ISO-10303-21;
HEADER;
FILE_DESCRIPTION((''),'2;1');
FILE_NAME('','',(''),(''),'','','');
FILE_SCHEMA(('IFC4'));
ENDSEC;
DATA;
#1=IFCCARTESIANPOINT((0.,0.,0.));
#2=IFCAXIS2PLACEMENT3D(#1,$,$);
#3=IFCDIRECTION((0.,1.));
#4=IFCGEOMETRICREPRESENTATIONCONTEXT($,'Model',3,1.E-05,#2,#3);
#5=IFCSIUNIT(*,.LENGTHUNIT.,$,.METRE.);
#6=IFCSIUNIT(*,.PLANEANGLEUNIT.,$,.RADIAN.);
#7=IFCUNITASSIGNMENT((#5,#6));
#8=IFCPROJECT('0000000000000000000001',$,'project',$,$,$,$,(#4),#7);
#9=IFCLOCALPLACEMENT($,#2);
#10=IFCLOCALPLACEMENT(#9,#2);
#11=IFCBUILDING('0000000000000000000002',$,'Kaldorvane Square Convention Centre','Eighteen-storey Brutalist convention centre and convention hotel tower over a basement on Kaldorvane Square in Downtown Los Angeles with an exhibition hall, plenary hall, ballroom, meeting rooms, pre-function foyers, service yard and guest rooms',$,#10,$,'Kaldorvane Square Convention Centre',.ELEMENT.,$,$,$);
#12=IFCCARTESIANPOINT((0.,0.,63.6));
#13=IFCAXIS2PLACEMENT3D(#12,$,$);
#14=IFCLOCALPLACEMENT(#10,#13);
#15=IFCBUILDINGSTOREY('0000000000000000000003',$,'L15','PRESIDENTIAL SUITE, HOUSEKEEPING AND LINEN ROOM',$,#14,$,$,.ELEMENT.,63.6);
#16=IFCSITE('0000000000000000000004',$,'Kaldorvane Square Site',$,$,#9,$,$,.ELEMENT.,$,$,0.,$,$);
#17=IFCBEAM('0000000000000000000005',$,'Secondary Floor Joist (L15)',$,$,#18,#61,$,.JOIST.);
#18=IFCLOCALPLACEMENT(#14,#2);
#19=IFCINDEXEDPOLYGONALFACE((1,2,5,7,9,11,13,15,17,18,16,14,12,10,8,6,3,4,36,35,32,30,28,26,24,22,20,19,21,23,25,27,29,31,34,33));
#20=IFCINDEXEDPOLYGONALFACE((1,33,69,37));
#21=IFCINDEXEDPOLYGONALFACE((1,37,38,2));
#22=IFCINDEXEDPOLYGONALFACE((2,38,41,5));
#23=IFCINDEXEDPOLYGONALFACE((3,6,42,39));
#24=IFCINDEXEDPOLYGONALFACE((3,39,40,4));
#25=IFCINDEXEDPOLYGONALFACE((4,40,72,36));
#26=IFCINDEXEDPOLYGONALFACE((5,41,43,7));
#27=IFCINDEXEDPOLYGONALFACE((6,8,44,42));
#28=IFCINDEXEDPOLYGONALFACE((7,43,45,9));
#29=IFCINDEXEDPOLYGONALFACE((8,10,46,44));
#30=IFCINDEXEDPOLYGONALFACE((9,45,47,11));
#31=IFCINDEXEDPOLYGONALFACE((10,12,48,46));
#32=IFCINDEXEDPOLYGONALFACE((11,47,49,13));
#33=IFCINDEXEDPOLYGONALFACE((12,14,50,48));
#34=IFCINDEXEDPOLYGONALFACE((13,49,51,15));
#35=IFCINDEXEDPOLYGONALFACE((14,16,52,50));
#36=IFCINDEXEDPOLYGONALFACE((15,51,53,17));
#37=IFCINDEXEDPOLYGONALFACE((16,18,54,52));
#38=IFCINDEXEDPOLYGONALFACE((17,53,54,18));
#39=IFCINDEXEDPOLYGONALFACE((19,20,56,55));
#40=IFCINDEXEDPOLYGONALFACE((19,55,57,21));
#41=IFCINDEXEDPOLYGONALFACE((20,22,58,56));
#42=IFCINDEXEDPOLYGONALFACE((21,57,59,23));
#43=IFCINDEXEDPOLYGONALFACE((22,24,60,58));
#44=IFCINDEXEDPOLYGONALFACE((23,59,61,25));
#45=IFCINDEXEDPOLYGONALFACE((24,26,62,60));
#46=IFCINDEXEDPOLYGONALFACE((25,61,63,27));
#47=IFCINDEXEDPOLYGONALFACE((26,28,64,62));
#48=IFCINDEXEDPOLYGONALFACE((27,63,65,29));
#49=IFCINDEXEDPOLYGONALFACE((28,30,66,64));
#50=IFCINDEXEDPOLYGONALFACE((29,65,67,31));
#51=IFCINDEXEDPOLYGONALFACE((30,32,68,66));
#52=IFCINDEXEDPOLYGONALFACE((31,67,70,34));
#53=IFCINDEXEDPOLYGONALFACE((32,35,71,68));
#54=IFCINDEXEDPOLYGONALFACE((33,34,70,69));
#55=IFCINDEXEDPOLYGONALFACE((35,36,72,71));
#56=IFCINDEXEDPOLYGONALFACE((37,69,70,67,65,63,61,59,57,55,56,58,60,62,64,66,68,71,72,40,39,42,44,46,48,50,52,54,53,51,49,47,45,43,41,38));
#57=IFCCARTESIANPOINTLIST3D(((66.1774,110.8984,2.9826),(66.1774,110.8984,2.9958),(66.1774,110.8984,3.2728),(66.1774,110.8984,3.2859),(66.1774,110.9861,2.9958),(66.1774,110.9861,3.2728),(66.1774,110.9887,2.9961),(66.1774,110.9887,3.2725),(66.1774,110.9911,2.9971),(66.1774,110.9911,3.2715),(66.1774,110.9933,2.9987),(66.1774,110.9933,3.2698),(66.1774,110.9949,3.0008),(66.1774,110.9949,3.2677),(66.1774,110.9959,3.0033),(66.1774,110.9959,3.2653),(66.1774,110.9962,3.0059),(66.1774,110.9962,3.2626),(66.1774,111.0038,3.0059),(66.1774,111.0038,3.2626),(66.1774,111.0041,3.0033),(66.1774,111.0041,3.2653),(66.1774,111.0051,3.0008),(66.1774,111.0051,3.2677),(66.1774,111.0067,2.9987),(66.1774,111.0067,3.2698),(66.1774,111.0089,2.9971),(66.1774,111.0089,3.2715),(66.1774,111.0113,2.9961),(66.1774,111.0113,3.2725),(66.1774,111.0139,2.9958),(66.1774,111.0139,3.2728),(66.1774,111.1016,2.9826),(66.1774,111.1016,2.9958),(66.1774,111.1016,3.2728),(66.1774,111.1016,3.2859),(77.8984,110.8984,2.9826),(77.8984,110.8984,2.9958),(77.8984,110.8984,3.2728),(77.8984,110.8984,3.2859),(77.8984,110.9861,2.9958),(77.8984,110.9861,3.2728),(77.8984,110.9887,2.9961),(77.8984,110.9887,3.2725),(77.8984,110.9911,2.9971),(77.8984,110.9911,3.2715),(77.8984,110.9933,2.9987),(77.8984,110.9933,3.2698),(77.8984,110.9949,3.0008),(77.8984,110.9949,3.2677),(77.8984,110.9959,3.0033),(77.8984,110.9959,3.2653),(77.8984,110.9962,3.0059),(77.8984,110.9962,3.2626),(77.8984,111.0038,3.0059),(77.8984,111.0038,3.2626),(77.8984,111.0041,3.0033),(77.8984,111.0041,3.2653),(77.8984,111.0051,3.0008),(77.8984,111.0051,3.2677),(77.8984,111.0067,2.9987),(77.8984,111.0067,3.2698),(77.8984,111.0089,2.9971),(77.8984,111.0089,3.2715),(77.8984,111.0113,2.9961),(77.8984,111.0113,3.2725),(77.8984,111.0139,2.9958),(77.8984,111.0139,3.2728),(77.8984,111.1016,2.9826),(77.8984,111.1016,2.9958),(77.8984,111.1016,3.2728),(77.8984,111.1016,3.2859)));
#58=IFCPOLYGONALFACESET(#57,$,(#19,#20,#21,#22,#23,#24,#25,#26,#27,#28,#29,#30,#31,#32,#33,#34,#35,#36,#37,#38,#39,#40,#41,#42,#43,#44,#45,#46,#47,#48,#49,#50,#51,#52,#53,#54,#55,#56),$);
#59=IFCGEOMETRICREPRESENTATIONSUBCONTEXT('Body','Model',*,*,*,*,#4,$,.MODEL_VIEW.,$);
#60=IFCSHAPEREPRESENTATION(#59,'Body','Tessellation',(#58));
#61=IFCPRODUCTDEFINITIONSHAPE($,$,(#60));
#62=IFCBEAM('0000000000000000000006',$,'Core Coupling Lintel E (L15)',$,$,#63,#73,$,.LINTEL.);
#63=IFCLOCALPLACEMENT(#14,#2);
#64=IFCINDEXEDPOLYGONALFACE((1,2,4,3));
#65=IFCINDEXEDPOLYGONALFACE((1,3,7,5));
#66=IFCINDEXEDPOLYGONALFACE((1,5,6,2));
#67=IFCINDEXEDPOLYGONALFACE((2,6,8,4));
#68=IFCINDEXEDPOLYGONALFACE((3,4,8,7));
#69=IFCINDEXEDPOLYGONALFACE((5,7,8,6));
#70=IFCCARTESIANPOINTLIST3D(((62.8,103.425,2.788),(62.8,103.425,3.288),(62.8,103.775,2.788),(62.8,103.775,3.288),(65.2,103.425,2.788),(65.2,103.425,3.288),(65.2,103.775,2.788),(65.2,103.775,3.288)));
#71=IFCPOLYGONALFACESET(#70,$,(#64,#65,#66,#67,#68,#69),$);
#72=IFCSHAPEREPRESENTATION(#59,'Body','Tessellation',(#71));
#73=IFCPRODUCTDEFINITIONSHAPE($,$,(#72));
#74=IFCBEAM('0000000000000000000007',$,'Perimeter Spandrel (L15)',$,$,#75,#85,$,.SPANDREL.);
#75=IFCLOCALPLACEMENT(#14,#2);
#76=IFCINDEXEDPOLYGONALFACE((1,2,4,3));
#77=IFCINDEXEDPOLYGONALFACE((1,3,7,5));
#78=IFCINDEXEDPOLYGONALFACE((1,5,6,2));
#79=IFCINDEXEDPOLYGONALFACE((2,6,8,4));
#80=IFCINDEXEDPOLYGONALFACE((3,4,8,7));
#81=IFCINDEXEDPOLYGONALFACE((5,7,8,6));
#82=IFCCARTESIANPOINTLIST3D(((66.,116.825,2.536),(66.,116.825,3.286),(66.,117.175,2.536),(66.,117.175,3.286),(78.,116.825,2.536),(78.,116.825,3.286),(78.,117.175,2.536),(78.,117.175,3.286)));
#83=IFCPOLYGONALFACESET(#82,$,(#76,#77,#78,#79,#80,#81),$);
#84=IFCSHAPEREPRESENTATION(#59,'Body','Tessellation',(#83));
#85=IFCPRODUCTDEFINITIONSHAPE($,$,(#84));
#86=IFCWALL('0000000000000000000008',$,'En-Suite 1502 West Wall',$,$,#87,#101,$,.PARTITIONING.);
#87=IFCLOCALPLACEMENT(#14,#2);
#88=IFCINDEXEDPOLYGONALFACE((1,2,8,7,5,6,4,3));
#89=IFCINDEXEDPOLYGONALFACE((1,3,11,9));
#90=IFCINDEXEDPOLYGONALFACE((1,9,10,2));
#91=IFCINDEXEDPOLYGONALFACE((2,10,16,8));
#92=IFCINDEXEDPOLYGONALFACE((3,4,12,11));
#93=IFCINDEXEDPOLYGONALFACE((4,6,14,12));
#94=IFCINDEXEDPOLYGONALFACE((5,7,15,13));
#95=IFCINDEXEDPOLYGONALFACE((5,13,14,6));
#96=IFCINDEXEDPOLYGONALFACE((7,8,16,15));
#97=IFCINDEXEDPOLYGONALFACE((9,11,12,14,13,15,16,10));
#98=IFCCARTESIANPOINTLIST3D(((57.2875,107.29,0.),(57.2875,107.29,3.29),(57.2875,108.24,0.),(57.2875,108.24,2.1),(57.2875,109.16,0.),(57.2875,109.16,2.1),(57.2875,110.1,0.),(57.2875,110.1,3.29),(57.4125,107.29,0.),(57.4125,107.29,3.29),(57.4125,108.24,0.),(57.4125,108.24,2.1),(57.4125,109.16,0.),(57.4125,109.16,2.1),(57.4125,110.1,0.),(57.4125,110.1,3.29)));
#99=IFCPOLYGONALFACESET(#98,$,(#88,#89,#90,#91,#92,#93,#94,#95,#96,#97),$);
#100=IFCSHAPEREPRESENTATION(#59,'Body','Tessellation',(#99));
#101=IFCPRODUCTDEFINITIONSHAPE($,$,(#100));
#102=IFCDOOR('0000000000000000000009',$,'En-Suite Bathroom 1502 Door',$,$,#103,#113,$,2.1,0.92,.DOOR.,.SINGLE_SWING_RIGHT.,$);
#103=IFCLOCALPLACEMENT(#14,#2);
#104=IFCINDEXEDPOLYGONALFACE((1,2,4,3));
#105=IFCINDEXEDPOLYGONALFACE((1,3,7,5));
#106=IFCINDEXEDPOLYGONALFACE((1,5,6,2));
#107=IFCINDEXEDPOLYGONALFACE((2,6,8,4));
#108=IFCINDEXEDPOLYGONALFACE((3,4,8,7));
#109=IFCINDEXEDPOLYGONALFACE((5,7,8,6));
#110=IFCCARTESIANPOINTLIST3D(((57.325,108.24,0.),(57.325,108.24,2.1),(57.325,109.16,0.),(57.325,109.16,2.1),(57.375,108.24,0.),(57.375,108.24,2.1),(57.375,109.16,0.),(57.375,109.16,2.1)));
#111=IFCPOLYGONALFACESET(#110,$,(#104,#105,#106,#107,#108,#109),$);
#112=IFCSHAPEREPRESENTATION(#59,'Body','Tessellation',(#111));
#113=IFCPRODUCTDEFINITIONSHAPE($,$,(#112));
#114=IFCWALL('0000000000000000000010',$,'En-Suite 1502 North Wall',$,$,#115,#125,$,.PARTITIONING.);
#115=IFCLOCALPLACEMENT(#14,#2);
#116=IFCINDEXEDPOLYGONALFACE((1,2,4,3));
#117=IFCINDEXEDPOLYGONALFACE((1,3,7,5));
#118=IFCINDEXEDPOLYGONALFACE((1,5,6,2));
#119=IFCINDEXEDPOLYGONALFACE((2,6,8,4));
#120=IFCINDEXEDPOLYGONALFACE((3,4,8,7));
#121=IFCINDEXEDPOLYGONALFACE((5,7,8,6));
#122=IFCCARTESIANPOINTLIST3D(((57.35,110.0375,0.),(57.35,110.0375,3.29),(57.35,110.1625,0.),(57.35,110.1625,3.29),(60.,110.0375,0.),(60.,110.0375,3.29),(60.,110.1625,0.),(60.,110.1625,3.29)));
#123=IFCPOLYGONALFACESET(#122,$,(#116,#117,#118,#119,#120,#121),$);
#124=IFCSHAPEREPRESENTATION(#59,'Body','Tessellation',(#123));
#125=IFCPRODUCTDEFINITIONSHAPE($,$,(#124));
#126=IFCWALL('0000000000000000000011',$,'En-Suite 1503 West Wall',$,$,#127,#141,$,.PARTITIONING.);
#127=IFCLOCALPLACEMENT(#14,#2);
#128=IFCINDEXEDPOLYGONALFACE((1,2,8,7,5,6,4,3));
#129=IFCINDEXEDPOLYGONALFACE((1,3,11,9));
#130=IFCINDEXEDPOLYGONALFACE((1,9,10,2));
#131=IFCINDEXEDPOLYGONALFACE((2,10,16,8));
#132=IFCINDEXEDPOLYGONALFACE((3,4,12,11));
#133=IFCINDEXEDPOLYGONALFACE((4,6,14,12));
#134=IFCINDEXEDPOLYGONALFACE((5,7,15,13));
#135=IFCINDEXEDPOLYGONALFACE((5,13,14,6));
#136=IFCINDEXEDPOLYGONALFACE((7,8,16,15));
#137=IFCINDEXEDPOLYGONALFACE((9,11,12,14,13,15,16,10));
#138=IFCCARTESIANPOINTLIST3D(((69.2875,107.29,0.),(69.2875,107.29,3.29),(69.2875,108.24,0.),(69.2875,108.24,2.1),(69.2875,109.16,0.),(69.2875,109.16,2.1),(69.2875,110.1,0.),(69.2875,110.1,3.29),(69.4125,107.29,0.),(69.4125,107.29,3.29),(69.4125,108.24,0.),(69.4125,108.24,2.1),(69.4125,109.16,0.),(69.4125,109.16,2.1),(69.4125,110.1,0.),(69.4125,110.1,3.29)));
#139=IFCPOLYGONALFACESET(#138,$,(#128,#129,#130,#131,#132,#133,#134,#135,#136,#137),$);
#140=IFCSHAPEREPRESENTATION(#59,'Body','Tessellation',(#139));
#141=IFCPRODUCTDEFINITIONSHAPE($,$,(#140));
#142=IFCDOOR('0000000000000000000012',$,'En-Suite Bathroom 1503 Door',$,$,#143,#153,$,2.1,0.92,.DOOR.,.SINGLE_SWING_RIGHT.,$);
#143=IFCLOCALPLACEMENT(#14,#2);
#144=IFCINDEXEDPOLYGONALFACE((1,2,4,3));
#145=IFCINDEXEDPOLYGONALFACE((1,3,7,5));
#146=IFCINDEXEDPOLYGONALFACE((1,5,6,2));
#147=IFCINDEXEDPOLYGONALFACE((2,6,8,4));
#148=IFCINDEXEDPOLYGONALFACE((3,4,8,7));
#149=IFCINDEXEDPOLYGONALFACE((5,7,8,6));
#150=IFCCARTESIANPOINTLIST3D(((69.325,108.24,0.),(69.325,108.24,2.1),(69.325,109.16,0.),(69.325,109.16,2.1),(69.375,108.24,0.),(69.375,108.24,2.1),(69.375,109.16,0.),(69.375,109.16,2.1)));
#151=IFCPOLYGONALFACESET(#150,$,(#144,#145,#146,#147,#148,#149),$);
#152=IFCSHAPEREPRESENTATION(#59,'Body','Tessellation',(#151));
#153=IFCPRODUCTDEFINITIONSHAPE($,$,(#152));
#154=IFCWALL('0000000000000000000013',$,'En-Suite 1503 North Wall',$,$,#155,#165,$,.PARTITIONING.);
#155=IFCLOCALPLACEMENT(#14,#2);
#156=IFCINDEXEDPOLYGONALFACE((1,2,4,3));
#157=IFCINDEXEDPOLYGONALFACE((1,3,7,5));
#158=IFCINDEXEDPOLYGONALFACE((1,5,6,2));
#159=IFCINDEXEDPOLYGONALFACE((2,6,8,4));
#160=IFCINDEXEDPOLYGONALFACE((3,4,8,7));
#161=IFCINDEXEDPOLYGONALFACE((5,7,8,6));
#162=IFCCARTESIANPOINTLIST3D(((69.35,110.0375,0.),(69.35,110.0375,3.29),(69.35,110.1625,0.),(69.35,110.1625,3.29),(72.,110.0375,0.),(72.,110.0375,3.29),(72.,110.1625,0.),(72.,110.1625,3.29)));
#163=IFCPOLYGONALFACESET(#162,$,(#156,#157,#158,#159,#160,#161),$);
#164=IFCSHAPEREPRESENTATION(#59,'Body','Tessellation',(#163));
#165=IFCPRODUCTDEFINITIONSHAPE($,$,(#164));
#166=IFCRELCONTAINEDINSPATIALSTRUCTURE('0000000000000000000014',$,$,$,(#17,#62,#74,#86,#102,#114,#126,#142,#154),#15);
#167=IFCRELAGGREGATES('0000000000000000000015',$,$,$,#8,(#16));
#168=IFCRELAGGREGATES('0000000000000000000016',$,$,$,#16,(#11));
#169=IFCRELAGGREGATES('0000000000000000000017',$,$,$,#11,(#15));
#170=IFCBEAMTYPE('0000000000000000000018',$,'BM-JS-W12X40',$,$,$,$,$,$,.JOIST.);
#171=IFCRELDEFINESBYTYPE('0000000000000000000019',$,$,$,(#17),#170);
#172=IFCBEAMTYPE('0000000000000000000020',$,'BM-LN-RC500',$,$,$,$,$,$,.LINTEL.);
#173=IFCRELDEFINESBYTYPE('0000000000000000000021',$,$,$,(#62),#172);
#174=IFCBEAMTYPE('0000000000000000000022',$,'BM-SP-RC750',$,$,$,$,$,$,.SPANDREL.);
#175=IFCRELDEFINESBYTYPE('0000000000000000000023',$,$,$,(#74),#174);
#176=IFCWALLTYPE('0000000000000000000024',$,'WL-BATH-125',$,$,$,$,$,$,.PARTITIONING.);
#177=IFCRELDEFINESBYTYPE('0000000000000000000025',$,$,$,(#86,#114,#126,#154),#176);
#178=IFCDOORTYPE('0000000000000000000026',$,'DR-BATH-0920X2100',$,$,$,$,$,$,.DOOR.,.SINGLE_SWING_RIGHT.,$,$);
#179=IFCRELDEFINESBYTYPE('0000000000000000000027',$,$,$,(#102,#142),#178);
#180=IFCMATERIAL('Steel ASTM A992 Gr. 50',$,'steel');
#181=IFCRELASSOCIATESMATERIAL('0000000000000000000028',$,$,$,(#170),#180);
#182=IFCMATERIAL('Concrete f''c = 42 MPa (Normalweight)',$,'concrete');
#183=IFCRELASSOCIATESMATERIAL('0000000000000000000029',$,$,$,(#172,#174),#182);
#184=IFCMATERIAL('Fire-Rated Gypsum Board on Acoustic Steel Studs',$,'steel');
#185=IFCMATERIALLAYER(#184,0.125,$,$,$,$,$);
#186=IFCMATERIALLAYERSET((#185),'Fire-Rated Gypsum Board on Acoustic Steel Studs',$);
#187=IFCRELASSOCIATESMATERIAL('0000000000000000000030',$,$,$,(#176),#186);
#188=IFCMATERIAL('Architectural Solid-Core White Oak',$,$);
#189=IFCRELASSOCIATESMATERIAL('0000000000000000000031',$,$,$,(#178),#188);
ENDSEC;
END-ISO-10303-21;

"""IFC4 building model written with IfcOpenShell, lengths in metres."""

from ifc_helpers import new_model, si_unit, direction, frame, frame_2d, origin, origin_2d, place, context, subcontext, project, spatial, rectangle, i_section, extrude, material, layer, layer_set, material_profile, profile_set, type_object, element, fill, save


model = new_model("IFC4")

# Units and contexts
model_context = context("Model", 3, precision=1e-05, world=origin(), true_north=direction((0.0, 1.0)))
body_context = subcontext(model_context, "Body", "Model", "MODEL_VIEW")
ifc_project = project(units=[si_unit("LENGTHUNIT", "METRE"), si_unit("PLANEANGLEUNIT", "RADIAN")], contexts=[model_context])

# Site, building, storey
site_placement = place(None, origin())
site = spatial("IfcSite", under=ifc_project, at=site_placement, Name="Kaldorvane Square Site", CompositionType="ELEMENT", RefElevation=0.0)
building_placement = place(site_placement, origin())
building = spatial("IfcBuilding", under=site, at=building_placement, Name="Kaldorvane Square Convention Centre", Description="Eighteen-storey Brutalist convention centre and convention hotel tower over a basement on Kaldorvane Square in Downtown Los Angeles with an exhibition hall, plenary hall, ballroom, meeting rooms, pre-function foyers, service yard and guest rooms", LongName="Kaldorvane Square Convention Centre", CompositionType="ELEMENT")
storey_placement = place(building_placement, frame((0.0, 0.0, 63.6)))
storey = spatial("IfcBuildingStorey", under=building, at=storey_placement, Name="L15", Description="PRESIDENTIAL SUITE, HOUSEKEEPING AND LINEN ROOM", CompositionType="ELEMENT", Elevation=63.6)

# Shared definitions
ifc_material_1 = material(Name="Concrete f'c = 42 MPa (Normalweight)", Category="concrete")
ifc_material_2 = material(Name="Steel ASTM A992 Gr. 50", Category="steel")

# Beams
ifc_material_profile_1 = material_profile(ifc_material_2, i_section(OverallWidth=0.2033, OverallDepth=0.3033, WebThickness=0.0075, FlangeThickness=0.0131, FilletRadius=0.0102, at=origin_2d()), Name="W12X40")
ifc_profile_set_1 = profile_set([ifc_material_profile_1], Name="Steel ASTM A992 Gr. 50")
beam_type_1 = type_object("IfcBeamType", Name="BM-JS-W12X40", PredefinedType="JOIST", material=ifc_profile_set_1)
beam_1_placement = place(storey_placement, frame((66.1774, 111.0, 3.1343), z_axis=(1.0, 0.0, 0.0), x_axis=(0.0, 1.0, 0.0)))
element("IfcBeam", 1, at=beam_1_placement, inside=storey, type_object=beam_type_1, Name="Secondary Floor Joist (L15)", PredefinedType="JOIST", context=body_context, shape_type="SweptSolid", body=[
    extrude(i_section(OverallWidth=0.2033, OverallDepth=0.3033, WebThickness=0.0075, FlangeThickness=0.0131, FilletRadius=0.0102, at=origin_2d()), origin(), (0.0, 0.0, 1.0), 11.721),
])
ifc_material_profile_2 = material_profile(ifc_material_1, rectangle(XDim=0.35, YDim=0.5, at=origin_2d()), Name="RCLN500X350")
ifc_profile_set_2 = profile_set([ifc_material_profile_2], Name="Concrete f'c = 42 MPa (Normalweight)")
beam_type_2 = type_object("IfcBeamType", Name="BM-LN-RC500", PredefinedType="LINTEL", material=ifc_profile_set_2)
beam_2_placement = place(storey_placement, frame((62.8, 103.6, 3.038), z_axis=(1.0, 0.0, 0.0), x_axis=(0.0, 1.0, 0.0)))
element("IfcBeam", 2, at=beam_2_placement, inside=storey, type_object=beam_type_2, Name="Core Coupling Lintel E (L15)", PredefinedType="LINTEL", context=body_context, shape_type="SweptSolid", body=[
    extrude(rectangle(XDim=0.35, YDim=0.5, at=origin_2d()), origin(), (0.0, 0.0, 1.0), 2.4),
])
ifc_material_profile_3 = material_profile(ifc_material_1, rectangle(XDim=0.35, YDim=0.75, at=origin_2d()), Name="RCSP750X350")
ifc_profile_set_3 = profile_set([ifc_material_profile_3], Name="Concrete f'c = 42 MPa (Normalweight)")
beam_type_3 = type_object("IfcBeamType", Name="BM-SP-RC750", PredefinedType="SPANDREL", material=ifc_profile_set_3)
beam_3_placement = place(storey_placement, frame((66.0, 117.0, 2.911), z_axis=(1.0, 0.0, 0.0), x_axis=(0.0, 1.0, 0.0)))
element("IfcBeam", 3, at=beam_3_placement, inside=storey, type_object=beam_type_3, Name="Perimeter Spandrel (L15)", PredefinedType="SPANDREL", context=body_context, shape_type="SweptSolid", body=[
    extrude(rectangle(XDim=0.35, YDim=0.75, at=origin_2d()), origin(), (0.0, 0.0, 1.0), 12.0),
])

# Wall, opening, door
ifc_material_3 = material(Name="Fire-Rated Gypsum Board on Acoustic Steel Studs", Category="steel")
ifc_layer_1 = layer(ifc_material_3, 0.125)
ifc_layer_set_1 = layer_set([ifc_layer_1], Name="Fire-Rated Gypsum Board on Acoustic Steel Studs")
wall_type_1 = type_object("IfcWallType", Name="WL-BATH-125", PredefinedType="PARTITIONING", material=ifc_layer_set_1)
wall_1_placement = place(storey_placement, frame((57.35, 107.29, 0.0), z_axis=(0.0, 0.0, 1.0), x_axis=(0.0, 1.0, 0.0)))
wall_1 = element("IfcWall", 4, at=wall_1_placement, inside=storey, type_object=wall_type_1, Name="En-Suite 1502 West Wall", PredefinedType="PARTITIONING", context=body_context, shape_type="SweptSolid", body=[
    extrude(rectangle(XDim=2.81, YDim=0.125, at=frame_2d((1.405, 0.0))), origin(), (0.0, 0.0, 1.0), 3.29),
])
opening_1_placement = place(wall_1_placement, frame((0.95, 0.0, 0.0)))
opening_1 = element("IfcOpeningElement", 5, at=opening_1_placement, cuts=wall_1, PredefinedType="OPENING", context=body_context, shape_type="SweptSolid", body=[
    extrude(rectangle(XDim=0.92, YDim=2.1, at=frame_2d((0.46, 1.05))), frame((0.0, 0.0775, 0.0), z_axis=(0.0, -1.0, 0.0), x_axis=(1.0, 0.0, 0.0)), (0.0, 0.0, 1.0), 0.155),
])
ifc_material_4 = material(Name="Architectural Solid-Core White Oak")
door_type_1 = type_object("IfcDoorType", Name="DR-BATH-0920X2100", OperationType="SINGLE_SWING_RIGHT", PredefinedType="DOOR", material=ifc_material_4)
door_1_placement = place(opening_1_placement, origin())
door_1 = element("IfcDoor", 6, at=door_1_placement, inside=storey, type_object=door_type_1, Name="En-Suite Bathroom 1502 Door", OperationType="SINGLE_SWING_RIGHT", OverallHeight=2.1, OverallWidth=0.92, PredefinedType="DOOR", context=body_context, shape_type="SweptSolid", body=[
    extrude(rectangle(XDim=0.92, YDim=2.1, at=frame_2d((0.46, 1.05))), frame((0.0, 0.025, 0.0), z_axis=(0.0, -1.0, 0.0), x_axis=(1.0, 0.0, 0.0)), (0.0, 0.0, 1.0), 0.05),
])
fill(opening_1, door_1)

# Wall
wall_2_placement = place(storey_placement, frame((57.35, 110.1, 0.0), z_axis=(0.0, 0.0, 1.0), x_axis=(1.0, 0.0, 0.0)))
element("IfcWall", 7, at=wall_2_placement, inside=storey, type_object=wall_type_1, Name="En-Suite 1502 North Wall", PredefinedType="PARTITIONING", context=body_context, shape_type="SweptSolid", body=[
    extrude(rectangle(XDim=2.65, YDim=0.125, at=frame_2d((1.325, 0.0))), origin(), (0.0, 0.0, 1.0), 3.29),
])

# Wall, opening, door
wall_3_placement = place(storey_placement, frame((69.35, 107.29, 0.0), z_axis=(0.0, 0.0, 1.0), x_axis=(0.0, 1.0, 0.0)))
wall_3 = element("IfcWall", 8, at=wall_3_placement, inside=storey, type_object=wall_type_1, Name="En-Suite 1503 West Wall", PredefinedType="PARTITIONING", context=body_context, shape_type="SweptSolid", body=[
    extrude(rectangle(XDim=2.81, YDim=0.125, at=frame_2d((1.405, 0.0))), origin(), (0.0, 0.0, 1.0), 3.29),
])
opening_2_placement = place(wall_3_placement, frame((0.95, 0.0, 0.0)))
opening_2 = element("IfcOpeningElement", 9, at=opening_2_placement, cuts=wall_3, PredefinedType="OPENING", context=body_context, shape_type="SweptSolid", body=[
    extrude(rectangle(XDim=0.92, YDim=2.1, at=frame_2d((0.46, 1.05))), frame((0.0, 0.0775, 0.0), z_axis=(0.0, -1.0, 0.0), x_axis=(1.0, 0.0, 0.0)), (0.0, 0.0, 1.0), 0.155),
])
door_2_placement = place(opening_2_placement, origin())
door_2 = element("IfcDoor", 10, at=door_2_placement, inside=storey, type_object=door_type_1, Name="En-Suite Bathroom 1503 Door", OperationType="SINGLE_SWING_RIGHT", OverallHeight=2.1, OverallWidth=0.92, PredefinedType="DOOR", context=body_context, shape_type="SweptSolid", body=[
    extrude(rectangle(XDim=0.92, YDim=2.1, at=frame_2d((0.46, 1.05))), frame((0.0, 0.025, 0.0), z_axis=(0.0, -1.0, 0.0), x_axis=(1.0, 0.0, 0.0)), (0.0, 0.0, 1.0), 0.05),
])
fill(opening_2, door_2)

# Wall
wall_4_placement = place(storey_placement, frame((69.35, 110.1, 0.0), z_axis=(0.0, 0.0, 1.0), x_axis=(1.0, 0.0, 0.0)))
element("IfcWall", 11, at=wall_4_placement, inside=storey, type_object=wall_type_1, Name="En-Suite 1503 North Wall", PredefinedType="PARTITIONING", context=body_context, shape_type="SweptSolid", body=[
    extrude(rectangle(XDim=2.65, YDim=0.125, at=frame_2d((1.325, 0.0))), origin(), (0.0, 0.0, 1.0), 3.29),
])

save(model, "model.ifc")
